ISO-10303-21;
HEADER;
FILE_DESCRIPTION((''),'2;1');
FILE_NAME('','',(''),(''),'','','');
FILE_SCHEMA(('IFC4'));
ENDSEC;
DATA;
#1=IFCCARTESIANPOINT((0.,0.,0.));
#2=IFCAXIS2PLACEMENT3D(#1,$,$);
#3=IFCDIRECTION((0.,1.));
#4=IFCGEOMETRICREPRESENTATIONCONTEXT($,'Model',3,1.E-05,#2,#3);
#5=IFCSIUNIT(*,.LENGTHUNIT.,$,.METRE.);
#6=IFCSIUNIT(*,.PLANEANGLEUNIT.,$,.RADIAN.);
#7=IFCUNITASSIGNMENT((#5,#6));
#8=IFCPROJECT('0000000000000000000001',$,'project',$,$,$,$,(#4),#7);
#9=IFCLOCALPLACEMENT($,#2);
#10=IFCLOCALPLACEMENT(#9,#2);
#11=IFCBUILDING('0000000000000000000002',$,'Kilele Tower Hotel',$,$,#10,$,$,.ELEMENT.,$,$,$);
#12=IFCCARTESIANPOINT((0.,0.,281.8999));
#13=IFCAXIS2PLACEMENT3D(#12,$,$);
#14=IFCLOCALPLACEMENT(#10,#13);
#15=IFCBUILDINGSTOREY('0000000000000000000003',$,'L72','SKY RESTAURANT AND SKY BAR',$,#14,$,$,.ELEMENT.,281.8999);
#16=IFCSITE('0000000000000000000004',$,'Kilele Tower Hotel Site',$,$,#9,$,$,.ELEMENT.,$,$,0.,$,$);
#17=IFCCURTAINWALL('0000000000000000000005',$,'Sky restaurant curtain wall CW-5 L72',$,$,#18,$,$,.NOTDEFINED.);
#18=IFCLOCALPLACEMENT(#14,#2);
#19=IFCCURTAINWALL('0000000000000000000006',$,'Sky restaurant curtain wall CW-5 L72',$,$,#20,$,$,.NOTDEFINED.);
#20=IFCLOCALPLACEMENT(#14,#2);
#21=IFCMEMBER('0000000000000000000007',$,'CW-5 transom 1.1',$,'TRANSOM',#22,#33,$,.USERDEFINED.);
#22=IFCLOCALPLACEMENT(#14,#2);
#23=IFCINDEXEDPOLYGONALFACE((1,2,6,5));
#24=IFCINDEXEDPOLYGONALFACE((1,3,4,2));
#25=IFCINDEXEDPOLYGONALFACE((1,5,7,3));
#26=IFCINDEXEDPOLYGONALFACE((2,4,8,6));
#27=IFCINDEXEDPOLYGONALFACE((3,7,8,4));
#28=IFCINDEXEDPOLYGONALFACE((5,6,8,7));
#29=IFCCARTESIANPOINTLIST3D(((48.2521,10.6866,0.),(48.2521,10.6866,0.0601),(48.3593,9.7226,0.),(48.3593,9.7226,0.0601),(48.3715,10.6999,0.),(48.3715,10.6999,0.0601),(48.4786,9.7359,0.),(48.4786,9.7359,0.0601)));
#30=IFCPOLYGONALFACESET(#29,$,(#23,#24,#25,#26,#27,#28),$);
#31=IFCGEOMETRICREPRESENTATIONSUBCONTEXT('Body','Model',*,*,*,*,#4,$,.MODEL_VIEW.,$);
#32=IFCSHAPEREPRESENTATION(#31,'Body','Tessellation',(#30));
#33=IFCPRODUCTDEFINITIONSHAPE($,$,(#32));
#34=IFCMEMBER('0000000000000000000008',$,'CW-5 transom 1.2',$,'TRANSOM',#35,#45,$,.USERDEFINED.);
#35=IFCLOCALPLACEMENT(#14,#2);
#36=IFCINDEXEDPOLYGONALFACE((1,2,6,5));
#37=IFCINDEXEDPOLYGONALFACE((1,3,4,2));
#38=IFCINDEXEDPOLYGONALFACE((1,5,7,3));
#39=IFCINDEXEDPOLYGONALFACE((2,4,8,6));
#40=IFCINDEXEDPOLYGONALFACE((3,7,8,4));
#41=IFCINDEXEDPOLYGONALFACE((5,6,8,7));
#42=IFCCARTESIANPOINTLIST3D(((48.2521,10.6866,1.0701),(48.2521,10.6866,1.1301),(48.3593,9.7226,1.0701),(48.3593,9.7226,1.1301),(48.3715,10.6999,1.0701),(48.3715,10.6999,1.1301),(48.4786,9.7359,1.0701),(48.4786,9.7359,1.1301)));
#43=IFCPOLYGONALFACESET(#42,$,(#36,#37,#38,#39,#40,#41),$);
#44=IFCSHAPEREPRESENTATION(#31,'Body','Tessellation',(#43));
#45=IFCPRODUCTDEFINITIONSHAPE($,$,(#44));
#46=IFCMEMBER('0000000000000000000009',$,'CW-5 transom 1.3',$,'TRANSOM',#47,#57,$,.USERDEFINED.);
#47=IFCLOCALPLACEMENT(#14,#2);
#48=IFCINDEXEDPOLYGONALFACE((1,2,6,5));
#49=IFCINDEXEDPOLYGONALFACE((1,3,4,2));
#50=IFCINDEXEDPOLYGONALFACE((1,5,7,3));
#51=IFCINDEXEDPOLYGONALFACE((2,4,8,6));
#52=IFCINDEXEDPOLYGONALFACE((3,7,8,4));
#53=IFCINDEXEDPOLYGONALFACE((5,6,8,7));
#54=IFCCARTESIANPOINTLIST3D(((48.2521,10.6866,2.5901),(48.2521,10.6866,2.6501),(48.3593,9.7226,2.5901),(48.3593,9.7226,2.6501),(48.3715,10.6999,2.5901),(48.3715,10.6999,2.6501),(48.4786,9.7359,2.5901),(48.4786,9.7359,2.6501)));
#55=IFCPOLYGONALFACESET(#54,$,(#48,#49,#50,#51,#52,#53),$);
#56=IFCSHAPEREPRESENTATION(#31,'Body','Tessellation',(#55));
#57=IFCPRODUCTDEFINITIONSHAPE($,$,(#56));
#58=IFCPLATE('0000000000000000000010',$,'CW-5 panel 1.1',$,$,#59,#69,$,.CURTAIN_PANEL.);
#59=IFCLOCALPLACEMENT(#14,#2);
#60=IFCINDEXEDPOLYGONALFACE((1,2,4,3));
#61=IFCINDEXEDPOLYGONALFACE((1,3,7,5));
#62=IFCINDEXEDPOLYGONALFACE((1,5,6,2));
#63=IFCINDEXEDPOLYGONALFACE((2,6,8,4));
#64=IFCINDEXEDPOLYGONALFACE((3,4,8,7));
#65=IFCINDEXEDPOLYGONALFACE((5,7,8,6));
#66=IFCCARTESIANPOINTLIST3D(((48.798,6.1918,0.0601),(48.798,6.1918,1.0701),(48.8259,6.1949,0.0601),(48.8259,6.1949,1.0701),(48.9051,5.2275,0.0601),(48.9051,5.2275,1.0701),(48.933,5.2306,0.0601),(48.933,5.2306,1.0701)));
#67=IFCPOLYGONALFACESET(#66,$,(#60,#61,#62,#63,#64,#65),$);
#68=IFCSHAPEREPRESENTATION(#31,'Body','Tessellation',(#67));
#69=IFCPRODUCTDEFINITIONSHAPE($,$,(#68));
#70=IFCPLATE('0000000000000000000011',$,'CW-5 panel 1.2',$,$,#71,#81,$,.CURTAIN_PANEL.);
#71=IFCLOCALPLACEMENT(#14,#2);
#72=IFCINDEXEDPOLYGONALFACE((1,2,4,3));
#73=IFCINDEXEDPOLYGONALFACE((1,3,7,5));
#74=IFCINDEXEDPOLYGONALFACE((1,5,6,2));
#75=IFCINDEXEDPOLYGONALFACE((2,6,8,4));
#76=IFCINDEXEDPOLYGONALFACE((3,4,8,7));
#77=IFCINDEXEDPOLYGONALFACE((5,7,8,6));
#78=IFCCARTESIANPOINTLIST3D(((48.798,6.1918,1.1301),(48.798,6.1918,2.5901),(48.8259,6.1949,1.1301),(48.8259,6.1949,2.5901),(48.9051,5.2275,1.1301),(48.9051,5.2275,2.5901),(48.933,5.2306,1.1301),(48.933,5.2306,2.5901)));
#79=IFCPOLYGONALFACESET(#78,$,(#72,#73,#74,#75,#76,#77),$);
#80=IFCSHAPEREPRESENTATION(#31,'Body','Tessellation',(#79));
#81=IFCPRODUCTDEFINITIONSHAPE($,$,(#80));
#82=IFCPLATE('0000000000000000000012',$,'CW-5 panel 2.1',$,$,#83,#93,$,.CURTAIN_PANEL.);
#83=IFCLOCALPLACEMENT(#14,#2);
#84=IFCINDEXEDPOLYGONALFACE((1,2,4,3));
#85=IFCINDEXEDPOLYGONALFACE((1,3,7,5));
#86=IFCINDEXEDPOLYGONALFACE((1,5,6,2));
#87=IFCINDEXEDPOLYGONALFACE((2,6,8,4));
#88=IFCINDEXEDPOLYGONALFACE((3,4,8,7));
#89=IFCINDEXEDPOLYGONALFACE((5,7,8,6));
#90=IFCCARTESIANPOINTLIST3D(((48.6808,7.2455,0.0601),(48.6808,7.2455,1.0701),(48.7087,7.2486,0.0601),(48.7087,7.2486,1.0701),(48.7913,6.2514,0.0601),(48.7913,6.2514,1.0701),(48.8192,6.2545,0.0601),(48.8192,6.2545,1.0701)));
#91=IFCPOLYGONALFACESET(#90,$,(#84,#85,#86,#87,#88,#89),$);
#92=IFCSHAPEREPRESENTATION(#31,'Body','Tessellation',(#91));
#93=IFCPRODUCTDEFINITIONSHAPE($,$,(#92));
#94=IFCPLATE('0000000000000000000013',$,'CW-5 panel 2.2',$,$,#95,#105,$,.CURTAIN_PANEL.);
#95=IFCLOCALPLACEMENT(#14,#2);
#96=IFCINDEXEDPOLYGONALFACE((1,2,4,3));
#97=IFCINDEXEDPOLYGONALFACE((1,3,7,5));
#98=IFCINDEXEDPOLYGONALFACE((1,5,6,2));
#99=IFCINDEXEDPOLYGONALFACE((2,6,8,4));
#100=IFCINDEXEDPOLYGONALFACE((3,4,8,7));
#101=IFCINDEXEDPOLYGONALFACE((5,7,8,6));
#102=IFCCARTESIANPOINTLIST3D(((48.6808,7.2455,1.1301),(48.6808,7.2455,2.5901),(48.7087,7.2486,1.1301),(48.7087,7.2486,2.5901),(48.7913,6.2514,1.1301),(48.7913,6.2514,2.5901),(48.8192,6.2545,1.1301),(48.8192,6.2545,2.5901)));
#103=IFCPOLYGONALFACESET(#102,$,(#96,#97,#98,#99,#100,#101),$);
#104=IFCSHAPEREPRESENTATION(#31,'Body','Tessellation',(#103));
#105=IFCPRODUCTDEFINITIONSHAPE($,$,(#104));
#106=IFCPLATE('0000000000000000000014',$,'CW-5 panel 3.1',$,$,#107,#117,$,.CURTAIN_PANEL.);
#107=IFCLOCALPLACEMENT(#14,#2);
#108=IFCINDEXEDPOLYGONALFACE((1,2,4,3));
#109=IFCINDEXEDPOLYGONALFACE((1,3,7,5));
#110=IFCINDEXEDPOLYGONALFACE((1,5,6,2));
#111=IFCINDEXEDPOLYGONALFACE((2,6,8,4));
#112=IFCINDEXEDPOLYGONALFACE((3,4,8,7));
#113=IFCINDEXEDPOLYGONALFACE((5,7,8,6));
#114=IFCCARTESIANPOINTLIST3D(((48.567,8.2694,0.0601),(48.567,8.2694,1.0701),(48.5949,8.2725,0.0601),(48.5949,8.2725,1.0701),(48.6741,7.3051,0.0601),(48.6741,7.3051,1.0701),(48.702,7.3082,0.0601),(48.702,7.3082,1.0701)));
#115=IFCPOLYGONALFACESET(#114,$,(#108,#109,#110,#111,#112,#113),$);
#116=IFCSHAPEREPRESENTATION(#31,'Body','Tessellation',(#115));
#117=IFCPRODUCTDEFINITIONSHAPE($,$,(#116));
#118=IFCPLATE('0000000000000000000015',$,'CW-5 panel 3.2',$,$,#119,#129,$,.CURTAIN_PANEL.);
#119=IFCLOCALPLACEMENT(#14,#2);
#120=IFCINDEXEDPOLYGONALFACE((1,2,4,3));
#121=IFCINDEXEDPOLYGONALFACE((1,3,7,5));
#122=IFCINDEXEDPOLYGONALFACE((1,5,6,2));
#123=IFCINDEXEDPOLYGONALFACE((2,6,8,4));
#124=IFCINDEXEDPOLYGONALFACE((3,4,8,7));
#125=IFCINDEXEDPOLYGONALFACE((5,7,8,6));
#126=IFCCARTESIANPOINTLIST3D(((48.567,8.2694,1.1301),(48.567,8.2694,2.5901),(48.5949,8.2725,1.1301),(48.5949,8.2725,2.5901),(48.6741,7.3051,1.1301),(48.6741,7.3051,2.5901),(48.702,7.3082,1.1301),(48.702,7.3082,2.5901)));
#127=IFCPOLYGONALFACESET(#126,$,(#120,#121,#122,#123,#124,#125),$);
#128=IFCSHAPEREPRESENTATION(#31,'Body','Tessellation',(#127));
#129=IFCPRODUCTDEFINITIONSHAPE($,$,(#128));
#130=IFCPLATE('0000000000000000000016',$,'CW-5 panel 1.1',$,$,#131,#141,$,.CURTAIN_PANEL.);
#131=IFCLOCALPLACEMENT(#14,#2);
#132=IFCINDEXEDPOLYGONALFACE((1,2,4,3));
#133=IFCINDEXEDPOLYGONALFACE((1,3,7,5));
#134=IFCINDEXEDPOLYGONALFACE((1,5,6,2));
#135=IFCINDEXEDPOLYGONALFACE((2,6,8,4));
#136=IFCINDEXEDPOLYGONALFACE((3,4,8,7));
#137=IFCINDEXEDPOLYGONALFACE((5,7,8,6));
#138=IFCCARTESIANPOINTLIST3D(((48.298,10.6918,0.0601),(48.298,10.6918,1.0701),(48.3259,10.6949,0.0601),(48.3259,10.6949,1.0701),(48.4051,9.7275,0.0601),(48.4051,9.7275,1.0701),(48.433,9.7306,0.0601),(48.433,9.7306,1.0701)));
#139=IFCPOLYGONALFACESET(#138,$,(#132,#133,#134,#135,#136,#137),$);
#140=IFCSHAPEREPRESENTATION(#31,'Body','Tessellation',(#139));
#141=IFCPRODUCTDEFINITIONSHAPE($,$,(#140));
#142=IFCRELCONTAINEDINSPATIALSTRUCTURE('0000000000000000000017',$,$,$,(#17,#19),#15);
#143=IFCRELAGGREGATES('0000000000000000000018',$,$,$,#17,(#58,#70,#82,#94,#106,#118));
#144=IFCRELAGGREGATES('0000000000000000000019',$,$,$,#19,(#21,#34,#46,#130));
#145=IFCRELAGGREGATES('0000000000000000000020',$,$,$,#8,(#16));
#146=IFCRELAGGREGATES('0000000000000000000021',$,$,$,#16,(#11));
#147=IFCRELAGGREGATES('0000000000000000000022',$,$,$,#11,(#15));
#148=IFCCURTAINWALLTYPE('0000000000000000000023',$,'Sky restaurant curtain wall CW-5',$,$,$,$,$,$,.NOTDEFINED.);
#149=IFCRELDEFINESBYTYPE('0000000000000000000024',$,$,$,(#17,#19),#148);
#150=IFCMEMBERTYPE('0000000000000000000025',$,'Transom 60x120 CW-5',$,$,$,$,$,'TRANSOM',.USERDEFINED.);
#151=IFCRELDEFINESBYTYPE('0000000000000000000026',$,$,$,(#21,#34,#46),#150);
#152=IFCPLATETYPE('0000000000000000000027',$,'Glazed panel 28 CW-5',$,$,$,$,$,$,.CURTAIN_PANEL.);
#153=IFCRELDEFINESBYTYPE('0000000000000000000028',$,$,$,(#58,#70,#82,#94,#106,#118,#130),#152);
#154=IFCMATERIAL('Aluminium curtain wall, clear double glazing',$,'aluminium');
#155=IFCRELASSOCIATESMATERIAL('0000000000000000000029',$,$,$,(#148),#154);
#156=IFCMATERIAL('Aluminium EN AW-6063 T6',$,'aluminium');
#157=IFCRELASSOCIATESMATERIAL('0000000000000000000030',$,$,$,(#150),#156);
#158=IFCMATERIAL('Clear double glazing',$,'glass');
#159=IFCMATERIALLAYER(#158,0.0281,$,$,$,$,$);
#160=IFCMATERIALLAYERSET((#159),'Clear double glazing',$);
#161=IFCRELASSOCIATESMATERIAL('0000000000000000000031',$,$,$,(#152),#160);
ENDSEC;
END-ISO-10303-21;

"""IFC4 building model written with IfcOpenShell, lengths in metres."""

from ifc_helpers import new_model, si_unit, direction, frame, origin, origin_2d, place, context, subcontext, project, spatial, rectangle, extrude, material, layer, layer_set, material_profile, profile_set, type_object, element, aggregate, save


model = new_model("IFC4")

# Units and contexts
model_context = context("Model", 3, precision=1e-05, world=origin(), true_north=direction((0.0, 1.0)))
body_context = subcontext(model_context, "Body", "Model", "MODEL_VIEW")
ifc_project = project(units=[si_unit("LENGTHUNIT", "METRE"), si_unit("PLANEANGLEUNIT", "RADIAN")], contexts=[model_context])

# Site, building, storey
site_placement = place(None, origin())
site = spatial("IfcSite", under=ifc_project, at=site_placement, Name="Kilele Tower Hotel Site", CompositionType="ELEMENT", RefElevation=0.0)
building_placement = place(site_placement, origin())
building = spatial("IfcBuilding", under=site, at=building_placement, Name="Kilele Tower Hotel", CompositionType="ELEMENT")
storey_placement = place(building_placement, frame((0.0, 0.0, 281.8999)))
storey = spatial("IfcBuildingStorey", under=building, at=storey_placement, Name="L72", Description="SKY RESTAURANT AND SKY BAR", CompositionType="ELEMENT", Elevation=281.8999)

# Curtain wall
ifc_material_1 = material(Name="Aluminium curtain wall, clear double glazing", Category="aluminium")
curtain_wall_type = type_object("IfcCurtainWallType", Name="Sky restaurant curtain wall CW-5", PredefinedType="NOTDEFINED", material=ifc_material_1)
curtain_wall_1_placement = place(storey_placement, origin())
curtain_wall_1 = element("IfcCurtainWall", 1, at=curtain_wall_1_placement, inside=storey, type_object=curtain_wall_type, Name="Sky restaurant curtain wall CW-5 L72", PredefinedType="NOTDEFINED")

# Curtain wall
curtain_wall_2_placement = place(storey_placement, origin())
curtain_wall_2 = element("IfcCurtainWall", 2, at=curtain_wall_2_placement, inside=storey, type_object=curtain_wall_type, Name="Sky restaurant curtain wall CW-5 L72", PredefinedType="NOTDEFINED")

# Members
ifc_material_2 = material(Name="Aluminium EN AW-6063 T6", Category="aluminium")
ifc_material_profile_1 = material_profile(ifc_material_2, rectangle(XDim=0.1201, YDim=0.0601, at=origin_2d()))
ifc_profile_set_1 = profile_set([ifc_material_profile_1], Name="Aluminium EN AW-6063 T6")
member_type_1 = type_object("IfcMemberType", Name="Transom 60x120 CW-5", ElementType="TRANSOM", PredefinedType="USERDEFINED", material=ifc_profile_set_1)
member_1_placement = place(storey_placement, frame((48.4189, 9.7292, 0.03), z_axis=(-0.110487, 0.993878, 0.0), x_axis=(-0.993878, -0.110487, 0.0)))
member_1 = element("IfcMember", 3, at=member_1_placement, type_object=member_type_1, Name="CW-5 transom 1.1", ObjectType="TRANSOM", PredefinedType="USERDEFINED", context=body_context, shape_type="SweptSolid", body=[
    extrude(rectangle(XDim=0.1201, YDim=0.0601, at=origin_2d()), origin(), (0.0, 0.0, 1.0), 0.97),
])
member_2_placement = place(storey_placement, frame((48.4189, 9.7292, 1.1001), z_axis=(-0.110487, 0.993878, 0.0), x_axis=(-0.993878, -0.110487, 0.0)))
member_2 = element("IfcMember", 4, at=member_2_placement, type_object=member_type_1, Name="CW-5 transom 1.2", ObjectType="TRANSOM", PredefinedType="USERDEFINED", context=body_context, shape_type="SweptSolid", body=[
    extrude(rectangle(XDim=0.1201, YDim=0.0601, at=origin_2d()), origin(), (0.0, 0.0, 1.0), 0.97),
])
member_3_placement = place(storey_placement, frame((48.4189, 9.7292, 2.6201), z_axis=(-0.110487, 0.993878, 0.0), x_axis=(-0.993878, -0.110487, 0.0)))
member_3 = element("IfcMember", 5, at=member_3_placement, type_object=member_type_1, Name="CW-5 transom 1.3", ObjectType="TRANSOM", PredefinedType="USERDEFINED", context=body_context, shape_type="SweptSolid", body=[
    extrude(rectangle(XDim=0.1201, YDim=0.0601, at=origin_2d()), origin(), (0.0, 0.0, 1.0), 0.97),
])

# Plates
ifc_material_3 = material(Name="Clear double glazing", Category="glass")
ifc_layer = layer(ifc_material_3, 0.0281)
ifc_layer_set = layer_set([ifc_layer], Name="Clear double glazing")
plate_type = type_object("IfcPlateType", Name="Glazed panel 28 CW-5", PredefinedType="CURTAIN_PANEL", material=ifc_layer_set)
plate_1_placement = place(storey_placement, frame((48.8655, 5.7112, 0.0601), z_axis=(0.0, 0.0, 1.0), x_axis=(-0.110432, 0.993884, 0.0)))
plate_1 = element("IfcPlate", 6, at=plate_1_placement, type_object=plate_type, Name="CW-5 panel 1.1", PredefinedType="CURTAIN_PANEL", context=body_context, shape_type="SweptSolid", body=[
    extrude(rectangle(XDim=0.9702, YDim=0.0281, at=origin_2d()), origin(), (0.0, 0.0, 1.0), 1.01),
])
plate_2_placement = place(storey_placement, frame((48.8655, 5.7112, 1.1301), z_axis=(0.0, 0.0, 1.0), x_axis=(-0.110432, 0.993884, 0.0)))
plate_2 = element("IfcPlate", 7, at=plate_2_placement, type_object=plate_type, Name="CW-5 panel 1.2", PredefinedType="CURTAIN_PANEL", context=body_context, shape_type="SweptSolid", body=[
    extrude(rectangle(XDim=0.9702, YDim=0.0281, at=origin_2d()), origin(), (0.0, 0.0, 1.0), 1.46),
])
plate_3_placement = place(storey_placement, frame((48.75, 6.75, 0.0601), z_axis=(0.0, 0.0, 1.0), x_axis=(-0.110432, 0.993884, 0.0)))
plate_3 = element("IfcPlate", 8, at=plate_3_placement, type_object=plate_type, Name="CW-5 panel 2.1", PredefinedType="CURTAIN_PANEL", context=body_context, shape_type="SweptSolid", body=[
    extrude(rectangle(XDim=1.0002, YDim=0.0281, at=origin_2d()), origin(), (0.0, 0.0, 1.0), 1.01),
])
plate_4_placement = place(storey_placement, frame((48.75, 6.75, 1.1301), z_axis=(0.0, 0.0, 1.0), x_axis=(-0.110432, 0.993884, 0.0)))
plate_4 = element("IfcPlate", 9, at=plate_4_placement, type_object=plate_type, Name="CW-5 panel 2.2", PredefinedType="CURTAIN_PANEL", context=body_context, shape_type="SweptSolid", body=[
    extrude(rectangle(XDim=1.0002, YDim=0.0281, at=origin_2d()), origin(), (0.0, 0.0, 1.0), 1.46),
])
plate_5_placement = place(storey_placement, frame((48.6345, 7.7888, 0.0601), z_axis=(0.0, 0.0, 1.0), x_axis=(-0.110432, 0.993884, 0.0)))
plate_5 = element("IfcPlate", 10, at=plate_5_placement, type_object=plate_type, Name="CW-5 panel 3.1", PredefinedType="CURTAIN_PANEL", context=body_context, shape_type="SweptSolid", body=[
    extrude(rectangle(XDim=0.9702, YDim=0.0281, at=origin_2d()), origin(), (0.0, 0.0, 1.0), 1.01),
])
plate_6_placement = place(storey_placement, frame((48.6345, 7.7888, 1.1301), z_axis=(0.0, 0.0, 1.0), x_axis=(-0.110432, 0.993884, 0.0)))
plate_6 = element("IfcPlate", 11, at=plate_6_placement, type_object=plate_type, Name="CW-5 panel 3.2", PredefinedType="CURTAIN_PANEL", context=body_context, shape_type="SweptSolid", body=[
    extrude(rectangle(XDim=0.9702, YDim=0.0281, at=origin_2d()), origin(), (0.0, 0.0, 1.0), 1.46),
])
aggregate(curtain_wall_1, [plate_1, plate_2, plate_3, plate_4, plate_5, plate_6])
plate_7_placement = place(storey_placement, frame((48.3655, 10.2112, 0.0601), z_axis=(0.0, 0.0, 1.0), x_axis=(-0.110432, 0.993884, 0.0)))
plate_7 = element("IfcPlate", 12, at=plate_7_placement, type_object=plate_type, Name="CW-5 panel 1.1", PredefinedType="CURTAIN_PANEL", context=body_context, shape_type="SweptSolid", body=[
    extrude(rectangle(XDim=0.9702, YDim=0.0281, at=origin_2d()), origin(), (0.0, 0.0, 1.0), 1.01),
])
aggregate(curtain_wall_2, [member_1, member_2, member_3, plate_7])

save(model, "model.ifc")
